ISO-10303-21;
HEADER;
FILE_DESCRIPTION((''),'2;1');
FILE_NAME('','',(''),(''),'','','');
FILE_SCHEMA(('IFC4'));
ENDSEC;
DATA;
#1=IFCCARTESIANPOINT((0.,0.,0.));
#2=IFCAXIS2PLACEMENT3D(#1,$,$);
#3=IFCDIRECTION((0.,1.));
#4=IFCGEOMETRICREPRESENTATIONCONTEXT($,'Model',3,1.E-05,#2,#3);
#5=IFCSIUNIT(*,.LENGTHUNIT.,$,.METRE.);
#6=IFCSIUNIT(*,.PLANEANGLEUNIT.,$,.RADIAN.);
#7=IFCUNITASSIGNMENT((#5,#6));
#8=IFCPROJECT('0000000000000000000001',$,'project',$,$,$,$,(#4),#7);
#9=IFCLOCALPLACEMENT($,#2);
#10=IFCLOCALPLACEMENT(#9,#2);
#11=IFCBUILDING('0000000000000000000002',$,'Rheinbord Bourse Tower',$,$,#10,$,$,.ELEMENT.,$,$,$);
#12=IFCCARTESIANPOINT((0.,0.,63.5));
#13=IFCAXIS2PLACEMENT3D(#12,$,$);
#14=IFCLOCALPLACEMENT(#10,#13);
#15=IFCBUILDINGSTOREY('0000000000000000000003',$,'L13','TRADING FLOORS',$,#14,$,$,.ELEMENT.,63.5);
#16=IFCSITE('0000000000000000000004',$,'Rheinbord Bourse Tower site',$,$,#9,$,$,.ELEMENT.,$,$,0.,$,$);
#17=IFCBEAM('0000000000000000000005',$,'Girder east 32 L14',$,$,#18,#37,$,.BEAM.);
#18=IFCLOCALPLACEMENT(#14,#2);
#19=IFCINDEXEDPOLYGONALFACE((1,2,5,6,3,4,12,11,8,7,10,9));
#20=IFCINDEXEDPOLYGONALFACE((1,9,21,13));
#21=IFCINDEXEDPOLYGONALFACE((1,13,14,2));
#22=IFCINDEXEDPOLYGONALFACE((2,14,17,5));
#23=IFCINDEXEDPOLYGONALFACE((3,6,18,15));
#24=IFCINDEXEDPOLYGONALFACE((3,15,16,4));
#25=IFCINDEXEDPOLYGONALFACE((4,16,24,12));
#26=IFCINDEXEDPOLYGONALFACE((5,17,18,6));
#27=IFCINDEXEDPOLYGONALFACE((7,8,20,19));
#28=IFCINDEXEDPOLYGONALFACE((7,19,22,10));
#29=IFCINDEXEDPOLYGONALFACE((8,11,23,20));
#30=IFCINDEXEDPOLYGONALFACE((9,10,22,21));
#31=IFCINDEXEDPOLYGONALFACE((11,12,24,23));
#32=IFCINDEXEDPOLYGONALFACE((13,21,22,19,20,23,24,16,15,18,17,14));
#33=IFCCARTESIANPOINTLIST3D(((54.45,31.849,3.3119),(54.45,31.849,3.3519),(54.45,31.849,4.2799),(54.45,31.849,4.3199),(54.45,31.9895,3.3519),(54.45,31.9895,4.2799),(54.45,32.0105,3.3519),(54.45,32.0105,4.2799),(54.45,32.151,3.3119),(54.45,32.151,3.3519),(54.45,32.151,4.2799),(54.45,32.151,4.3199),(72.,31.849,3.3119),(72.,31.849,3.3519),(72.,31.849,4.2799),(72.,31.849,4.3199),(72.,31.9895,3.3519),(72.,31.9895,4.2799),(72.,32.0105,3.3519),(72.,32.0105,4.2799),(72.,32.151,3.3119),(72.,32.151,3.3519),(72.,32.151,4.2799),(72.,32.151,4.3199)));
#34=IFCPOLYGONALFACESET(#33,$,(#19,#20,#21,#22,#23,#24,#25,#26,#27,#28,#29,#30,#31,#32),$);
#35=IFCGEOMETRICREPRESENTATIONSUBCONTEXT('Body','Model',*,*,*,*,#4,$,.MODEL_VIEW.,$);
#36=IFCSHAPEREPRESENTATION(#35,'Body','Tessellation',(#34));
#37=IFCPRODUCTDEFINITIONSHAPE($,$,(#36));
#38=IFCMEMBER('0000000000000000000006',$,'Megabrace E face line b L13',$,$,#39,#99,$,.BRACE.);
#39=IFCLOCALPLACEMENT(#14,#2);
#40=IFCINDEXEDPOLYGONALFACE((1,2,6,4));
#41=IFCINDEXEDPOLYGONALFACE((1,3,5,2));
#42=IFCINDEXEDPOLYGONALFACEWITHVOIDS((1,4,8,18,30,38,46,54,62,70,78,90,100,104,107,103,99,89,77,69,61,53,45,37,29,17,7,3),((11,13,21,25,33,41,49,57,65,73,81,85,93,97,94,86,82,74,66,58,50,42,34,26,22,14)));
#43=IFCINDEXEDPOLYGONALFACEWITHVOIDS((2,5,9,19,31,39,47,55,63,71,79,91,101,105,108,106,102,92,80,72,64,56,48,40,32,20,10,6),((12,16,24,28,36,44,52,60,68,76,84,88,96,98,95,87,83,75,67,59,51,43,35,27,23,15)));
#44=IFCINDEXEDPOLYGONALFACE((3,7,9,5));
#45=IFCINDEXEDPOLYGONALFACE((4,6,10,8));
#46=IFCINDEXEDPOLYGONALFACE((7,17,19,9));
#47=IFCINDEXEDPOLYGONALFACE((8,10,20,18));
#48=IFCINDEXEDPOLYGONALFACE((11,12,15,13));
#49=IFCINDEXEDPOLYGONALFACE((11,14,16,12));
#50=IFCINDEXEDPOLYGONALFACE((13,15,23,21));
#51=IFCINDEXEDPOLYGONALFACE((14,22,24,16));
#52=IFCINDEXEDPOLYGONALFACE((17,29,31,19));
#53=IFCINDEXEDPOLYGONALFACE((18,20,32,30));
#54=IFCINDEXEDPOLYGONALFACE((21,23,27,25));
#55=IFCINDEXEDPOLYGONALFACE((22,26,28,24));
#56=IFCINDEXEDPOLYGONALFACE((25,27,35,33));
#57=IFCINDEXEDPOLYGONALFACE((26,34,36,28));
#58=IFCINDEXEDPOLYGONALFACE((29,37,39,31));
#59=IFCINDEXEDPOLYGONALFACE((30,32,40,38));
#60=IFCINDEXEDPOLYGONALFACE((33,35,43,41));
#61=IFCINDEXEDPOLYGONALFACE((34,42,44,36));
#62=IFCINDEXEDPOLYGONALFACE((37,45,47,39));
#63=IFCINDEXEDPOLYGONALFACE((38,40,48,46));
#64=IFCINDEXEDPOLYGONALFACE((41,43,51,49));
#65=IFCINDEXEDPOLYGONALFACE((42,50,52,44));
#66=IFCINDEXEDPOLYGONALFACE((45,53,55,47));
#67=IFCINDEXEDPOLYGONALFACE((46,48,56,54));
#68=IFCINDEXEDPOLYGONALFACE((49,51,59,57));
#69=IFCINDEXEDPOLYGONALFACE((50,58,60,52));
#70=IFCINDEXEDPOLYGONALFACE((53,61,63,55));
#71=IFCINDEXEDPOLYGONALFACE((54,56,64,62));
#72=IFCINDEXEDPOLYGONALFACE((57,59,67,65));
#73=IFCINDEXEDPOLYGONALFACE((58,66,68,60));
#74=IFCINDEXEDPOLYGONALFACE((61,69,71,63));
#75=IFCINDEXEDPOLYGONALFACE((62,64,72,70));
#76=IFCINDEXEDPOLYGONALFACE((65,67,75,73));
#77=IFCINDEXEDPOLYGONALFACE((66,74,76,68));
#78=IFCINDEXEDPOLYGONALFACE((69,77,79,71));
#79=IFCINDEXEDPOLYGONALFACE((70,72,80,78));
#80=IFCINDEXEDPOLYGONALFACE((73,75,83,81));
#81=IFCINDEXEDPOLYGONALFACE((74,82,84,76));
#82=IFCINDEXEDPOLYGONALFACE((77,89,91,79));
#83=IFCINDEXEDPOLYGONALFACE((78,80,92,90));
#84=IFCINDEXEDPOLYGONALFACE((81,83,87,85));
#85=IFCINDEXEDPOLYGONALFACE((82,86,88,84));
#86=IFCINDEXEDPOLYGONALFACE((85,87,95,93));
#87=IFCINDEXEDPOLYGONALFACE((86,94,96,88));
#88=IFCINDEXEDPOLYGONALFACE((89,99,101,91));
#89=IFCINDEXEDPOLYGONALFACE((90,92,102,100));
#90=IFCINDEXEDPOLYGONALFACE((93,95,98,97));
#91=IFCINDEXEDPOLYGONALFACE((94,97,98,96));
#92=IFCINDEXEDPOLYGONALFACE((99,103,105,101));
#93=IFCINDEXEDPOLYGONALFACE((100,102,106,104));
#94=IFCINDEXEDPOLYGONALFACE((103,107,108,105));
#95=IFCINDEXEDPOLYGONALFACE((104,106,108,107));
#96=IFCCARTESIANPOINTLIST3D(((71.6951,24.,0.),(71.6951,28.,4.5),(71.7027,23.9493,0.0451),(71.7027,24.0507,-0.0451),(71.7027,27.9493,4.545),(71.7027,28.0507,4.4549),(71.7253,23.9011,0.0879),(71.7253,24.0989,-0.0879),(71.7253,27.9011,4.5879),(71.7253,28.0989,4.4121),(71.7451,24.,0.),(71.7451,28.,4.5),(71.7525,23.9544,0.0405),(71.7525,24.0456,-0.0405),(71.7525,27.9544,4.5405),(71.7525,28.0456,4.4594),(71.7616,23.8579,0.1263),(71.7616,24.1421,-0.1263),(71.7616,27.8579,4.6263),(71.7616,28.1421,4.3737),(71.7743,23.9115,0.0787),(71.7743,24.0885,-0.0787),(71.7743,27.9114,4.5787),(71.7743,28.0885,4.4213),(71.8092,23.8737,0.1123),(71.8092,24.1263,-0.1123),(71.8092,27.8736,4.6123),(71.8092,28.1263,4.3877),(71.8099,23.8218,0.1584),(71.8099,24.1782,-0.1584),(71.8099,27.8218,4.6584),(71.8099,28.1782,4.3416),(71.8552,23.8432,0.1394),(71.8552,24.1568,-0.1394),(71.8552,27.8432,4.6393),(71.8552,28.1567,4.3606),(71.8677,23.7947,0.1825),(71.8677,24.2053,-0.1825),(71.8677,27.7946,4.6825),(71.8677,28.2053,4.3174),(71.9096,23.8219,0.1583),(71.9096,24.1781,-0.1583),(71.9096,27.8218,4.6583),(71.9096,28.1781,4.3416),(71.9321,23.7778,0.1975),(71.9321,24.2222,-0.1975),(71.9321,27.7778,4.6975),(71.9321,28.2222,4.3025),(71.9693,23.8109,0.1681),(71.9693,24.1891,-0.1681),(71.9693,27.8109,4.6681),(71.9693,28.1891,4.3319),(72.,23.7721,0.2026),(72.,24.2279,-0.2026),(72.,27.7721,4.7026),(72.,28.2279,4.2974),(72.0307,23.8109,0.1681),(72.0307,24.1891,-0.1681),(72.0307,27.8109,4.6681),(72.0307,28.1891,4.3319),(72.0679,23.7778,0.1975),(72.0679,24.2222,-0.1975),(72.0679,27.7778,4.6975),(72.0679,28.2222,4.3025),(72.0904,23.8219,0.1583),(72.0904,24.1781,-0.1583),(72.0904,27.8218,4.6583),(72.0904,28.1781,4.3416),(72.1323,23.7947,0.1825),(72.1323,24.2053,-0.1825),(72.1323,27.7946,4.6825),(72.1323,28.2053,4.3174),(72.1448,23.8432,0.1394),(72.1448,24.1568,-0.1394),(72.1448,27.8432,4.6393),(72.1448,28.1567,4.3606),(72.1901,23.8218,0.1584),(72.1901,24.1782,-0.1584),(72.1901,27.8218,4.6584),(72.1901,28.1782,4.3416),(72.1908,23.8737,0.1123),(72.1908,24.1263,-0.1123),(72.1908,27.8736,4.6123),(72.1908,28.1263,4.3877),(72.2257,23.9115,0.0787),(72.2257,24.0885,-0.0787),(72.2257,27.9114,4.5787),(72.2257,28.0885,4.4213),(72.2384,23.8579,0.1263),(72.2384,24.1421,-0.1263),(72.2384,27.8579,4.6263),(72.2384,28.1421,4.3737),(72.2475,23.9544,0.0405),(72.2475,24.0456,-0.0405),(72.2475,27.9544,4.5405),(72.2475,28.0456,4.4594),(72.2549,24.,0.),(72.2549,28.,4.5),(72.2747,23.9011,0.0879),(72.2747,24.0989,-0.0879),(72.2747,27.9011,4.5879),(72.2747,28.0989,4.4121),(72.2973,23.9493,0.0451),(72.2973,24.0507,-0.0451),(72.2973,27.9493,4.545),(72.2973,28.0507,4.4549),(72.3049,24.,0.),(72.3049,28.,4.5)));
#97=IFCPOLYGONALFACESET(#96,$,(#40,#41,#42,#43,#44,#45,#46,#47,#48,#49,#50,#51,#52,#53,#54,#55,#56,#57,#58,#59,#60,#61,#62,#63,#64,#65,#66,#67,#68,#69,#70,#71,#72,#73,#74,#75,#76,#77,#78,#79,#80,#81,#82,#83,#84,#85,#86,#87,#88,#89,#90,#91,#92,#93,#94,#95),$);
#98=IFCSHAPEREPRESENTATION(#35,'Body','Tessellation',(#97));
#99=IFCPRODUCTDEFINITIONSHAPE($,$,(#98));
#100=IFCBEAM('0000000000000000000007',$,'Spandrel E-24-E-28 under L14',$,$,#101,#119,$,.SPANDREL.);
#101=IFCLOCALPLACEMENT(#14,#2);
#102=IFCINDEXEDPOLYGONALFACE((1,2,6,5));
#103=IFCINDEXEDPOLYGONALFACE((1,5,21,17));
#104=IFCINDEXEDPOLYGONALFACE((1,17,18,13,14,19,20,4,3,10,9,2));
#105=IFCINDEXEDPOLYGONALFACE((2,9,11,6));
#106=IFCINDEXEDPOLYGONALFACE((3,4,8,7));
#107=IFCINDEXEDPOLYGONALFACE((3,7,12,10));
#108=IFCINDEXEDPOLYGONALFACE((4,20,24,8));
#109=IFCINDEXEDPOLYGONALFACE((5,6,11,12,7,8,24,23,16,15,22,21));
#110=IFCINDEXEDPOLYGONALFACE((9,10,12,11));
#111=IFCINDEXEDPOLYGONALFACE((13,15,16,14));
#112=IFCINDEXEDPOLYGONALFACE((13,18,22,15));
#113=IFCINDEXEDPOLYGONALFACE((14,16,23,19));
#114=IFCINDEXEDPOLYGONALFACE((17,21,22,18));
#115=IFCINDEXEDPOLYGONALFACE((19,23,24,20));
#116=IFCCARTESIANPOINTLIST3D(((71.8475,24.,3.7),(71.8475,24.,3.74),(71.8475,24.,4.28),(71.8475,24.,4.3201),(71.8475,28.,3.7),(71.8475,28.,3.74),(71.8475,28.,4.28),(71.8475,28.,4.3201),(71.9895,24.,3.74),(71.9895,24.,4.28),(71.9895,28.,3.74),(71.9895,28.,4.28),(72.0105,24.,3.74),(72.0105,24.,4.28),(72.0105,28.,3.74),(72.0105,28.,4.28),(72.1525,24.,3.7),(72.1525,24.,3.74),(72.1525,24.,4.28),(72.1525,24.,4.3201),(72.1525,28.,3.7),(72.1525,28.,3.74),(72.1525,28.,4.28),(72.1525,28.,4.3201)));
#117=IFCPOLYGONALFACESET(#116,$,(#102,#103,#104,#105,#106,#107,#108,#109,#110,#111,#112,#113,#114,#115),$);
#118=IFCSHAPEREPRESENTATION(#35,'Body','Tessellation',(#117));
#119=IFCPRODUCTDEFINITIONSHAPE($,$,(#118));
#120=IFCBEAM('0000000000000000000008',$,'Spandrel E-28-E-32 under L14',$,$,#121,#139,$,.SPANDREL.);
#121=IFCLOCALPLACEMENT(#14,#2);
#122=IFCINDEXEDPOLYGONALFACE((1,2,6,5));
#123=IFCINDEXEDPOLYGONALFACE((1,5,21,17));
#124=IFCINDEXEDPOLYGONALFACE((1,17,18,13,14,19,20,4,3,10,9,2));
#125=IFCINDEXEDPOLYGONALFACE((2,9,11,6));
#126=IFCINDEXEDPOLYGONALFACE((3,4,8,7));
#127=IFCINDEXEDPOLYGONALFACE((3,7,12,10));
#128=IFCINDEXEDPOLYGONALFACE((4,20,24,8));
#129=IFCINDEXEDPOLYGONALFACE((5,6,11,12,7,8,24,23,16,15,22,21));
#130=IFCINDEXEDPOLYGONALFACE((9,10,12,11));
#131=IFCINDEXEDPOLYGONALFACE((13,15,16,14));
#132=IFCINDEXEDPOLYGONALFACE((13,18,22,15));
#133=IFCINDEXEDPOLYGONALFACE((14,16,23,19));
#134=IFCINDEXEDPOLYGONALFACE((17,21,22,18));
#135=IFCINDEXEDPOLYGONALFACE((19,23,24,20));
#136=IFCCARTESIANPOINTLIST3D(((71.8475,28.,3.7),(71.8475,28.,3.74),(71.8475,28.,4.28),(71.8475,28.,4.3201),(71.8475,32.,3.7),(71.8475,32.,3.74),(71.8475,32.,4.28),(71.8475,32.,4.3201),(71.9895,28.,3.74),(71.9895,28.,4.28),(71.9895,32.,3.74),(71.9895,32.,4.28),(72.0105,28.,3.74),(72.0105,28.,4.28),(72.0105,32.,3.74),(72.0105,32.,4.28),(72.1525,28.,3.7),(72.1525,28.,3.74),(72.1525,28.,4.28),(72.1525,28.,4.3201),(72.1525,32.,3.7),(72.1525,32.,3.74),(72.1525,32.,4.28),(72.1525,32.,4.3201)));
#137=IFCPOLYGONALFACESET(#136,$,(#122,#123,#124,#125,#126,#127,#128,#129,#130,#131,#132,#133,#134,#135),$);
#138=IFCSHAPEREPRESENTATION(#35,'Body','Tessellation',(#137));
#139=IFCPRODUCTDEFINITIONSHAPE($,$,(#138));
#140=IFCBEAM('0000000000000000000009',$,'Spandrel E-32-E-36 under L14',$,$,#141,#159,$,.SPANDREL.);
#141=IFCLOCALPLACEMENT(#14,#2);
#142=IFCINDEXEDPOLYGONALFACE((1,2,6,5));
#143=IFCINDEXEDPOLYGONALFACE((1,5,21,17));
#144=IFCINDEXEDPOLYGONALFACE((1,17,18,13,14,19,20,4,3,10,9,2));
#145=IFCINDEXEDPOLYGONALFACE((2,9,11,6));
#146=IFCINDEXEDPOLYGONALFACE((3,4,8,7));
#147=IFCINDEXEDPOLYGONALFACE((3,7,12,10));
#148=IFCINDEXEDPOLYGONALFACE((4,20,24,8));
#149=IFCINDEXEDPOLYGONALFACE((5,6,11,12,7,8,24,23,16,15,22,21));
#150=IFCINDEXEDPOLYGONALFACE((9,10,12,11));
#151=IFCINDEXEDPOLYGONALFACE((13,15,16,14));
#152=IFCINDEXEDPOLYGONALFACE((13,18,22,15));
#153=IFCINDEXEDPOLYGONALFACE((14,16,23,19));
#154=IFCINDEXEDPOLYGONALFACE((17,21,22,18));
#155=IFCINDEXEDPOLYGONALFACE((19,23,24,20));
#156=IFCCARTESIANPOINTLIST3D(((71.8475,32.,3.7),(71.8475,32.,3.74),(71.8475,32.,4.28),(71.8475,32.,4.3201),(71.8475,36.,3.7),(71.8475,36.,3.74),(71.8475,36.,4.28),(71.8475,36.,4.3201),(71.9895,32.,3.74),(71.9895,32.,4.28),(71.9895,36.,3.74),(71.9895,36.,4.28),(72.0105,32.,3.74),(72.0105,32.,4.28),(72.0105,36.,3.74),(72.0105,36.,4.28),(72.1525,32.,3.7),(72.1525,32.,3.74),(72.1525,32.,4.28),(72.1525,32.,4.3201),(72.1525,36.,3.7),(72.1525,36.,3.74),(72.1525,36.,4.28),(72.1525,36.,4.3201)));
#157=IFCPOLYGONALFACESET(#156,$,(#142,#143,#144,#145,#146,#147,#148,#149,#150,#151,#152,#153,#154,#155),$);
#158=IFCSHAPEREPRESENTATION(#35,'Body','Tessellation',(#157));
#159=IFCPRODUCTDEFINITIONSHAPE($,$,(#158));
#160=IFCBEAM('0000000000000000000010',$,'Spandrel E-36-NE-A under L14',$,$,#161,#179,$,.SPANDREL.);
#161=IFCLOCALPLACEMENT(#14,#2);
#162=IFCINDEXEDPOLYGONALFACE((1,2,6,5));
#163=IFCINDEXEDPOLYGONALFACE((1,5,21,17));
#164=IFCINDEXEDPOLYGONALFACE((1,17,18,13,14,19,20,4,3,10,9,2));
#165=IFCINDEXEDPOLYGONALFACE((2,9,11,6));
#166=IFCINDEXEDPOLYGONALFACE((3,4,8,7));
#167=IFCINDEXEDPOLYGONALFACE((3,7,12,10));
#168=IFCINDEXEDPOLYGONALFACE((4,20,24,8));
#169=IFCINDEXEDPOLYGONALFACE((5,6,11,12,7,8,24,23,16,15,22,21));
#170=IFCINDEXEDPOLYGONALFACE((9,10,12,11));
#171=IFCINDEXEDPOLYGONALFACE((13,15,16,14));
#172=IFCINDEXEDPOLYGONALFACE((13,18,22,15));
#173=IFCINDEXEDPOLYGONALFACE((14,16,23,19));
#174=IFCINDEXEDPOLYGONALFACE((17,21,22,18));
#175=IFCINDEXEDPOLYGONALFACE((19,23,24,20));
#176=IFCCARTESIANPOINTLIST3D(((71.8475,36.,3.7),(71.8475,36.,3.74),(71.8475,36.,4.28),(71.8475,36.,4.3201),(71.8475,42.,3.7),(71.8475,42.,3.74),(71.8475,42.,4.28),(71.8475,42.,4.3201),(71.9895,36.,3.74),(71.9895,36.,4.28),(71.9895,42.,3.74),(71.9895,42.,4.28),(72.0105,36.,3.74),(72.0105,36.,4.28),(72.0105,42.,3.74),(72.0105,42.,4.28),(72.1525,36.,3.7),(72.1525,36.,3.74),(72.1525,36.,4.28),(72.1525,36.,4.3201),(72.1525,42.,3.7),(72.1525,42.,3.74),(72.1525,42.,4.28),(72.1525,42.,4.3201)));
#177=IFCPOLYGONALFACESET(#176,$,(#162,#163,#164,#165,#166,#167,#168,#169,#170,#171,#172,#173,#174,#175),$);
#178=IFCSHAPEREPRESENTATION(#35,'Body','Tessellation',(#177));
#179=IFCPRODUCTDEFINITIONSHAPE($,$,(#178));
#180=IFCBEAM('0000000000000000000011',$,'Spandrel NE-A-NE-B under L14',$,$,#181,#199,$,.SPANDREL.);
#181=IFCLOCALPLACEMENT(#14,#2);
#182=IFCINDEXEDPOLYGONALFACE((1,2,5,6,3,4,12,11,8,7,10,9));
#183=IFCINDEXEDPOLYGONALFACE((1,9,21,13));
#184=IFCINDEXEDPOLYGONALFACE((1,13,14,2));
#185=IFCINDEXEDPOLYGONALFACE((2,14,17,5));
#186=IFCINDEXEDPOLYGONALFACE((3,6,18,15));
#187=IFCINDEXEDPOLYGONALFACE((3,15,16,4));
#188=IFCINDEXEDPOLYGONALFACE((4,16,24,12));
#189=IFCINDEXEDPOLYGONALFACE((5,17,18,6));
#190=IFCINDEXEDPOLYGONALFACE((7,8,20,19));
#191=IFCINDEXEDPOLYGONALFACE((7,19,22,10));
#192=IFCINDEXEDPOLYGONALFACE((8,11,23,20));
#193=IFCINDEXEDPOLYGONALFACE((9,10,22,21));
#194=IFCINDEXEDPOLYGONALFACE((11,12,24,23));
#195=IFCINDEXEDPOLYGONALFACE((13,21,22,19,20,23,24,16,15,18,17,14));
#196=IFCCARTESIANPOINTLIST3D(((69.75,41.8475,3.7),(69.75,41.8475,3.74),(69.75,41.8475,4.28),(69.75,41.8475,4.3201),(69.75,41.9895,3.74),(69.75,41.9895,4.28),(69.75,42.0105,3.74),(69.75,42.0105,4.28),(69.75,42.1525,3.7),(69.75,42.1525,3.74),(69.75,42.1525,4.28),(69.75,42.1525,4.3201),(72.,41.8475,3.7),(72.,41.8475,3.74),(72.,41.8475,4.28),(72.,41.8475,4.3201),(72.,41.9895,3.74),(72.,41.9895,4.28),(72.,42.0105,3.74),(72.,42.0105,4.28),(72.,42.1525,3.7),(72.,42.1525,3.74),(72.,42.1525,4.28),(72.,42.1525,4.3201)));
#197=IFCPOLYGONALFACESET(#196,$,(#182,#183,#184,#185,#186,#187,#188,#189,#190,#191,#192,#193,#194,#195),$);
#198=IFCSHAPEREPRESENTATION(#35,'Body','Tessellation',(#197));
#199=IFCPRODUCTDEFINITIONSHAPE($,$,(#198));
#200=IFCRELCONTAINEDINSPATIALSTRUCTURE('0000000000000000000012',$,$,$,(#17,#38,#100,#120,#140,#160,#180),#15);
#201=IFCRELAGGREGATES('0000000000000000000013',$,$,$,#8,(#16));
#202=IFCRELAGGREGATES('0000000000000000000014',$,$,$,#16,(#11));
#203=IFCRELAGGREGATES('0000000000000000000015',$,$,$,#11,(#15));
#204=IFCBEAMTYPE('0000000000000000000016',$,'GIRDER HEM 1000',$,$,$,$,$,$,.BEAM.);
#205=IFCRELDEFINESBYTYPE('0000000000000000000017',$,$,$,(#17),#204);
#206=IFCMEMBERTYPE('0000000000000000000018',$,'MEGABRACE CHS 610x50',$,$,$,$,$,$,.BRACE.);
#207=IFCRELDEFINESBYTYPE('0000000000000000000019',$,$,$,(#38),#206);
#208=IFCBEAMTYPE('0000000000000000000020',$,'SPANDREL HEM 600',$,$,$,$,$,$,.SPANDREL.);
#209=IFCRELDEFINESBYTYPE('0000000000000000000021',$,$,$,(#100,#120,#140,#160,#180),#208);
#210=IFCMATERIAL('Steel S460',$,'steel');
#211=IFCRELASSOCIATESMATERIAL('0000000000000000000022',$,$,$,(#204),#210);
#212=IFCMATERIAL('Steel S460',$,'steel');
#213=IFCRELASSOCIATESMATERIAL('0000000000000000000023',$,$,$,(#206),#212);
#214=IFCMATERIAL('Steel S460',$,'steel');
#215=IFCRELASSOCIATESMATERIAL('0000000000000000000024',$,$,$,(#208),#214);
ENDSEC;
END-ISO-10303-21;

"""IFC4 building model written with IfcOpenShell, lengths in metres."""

from ifc_helpers import new_model, si_unit, direction, frame, origin, origin_2d, place, context, subcontext, project, spatial, hollow_circle, i_section, extrude, material, material_profile, profile_set, type_object, element, save


model = new_model("IFC4")

# Units and contexts
model_context = context("Model", 3, precision=1e-05, world=origin(), true_north=direction((0.0, 1.0)))
body_context = subcontext(model_context, "Body", "Model", "MODEL_VIEW")
ifc_project = project(units=[si_unit("LENGTHUNIT", "METRE"), si_unit("PLANEANGLEUNIT", "RADIAN")], contexts=[model_context])

# Site, building, storey
site_placement = place(None, origin())
site = spatial("IfcSite", under=ifc_project, at=site_placement, Name="Rheinbord Bourse Tower site", CompositionType="ELEMENT", RefElevation=0.0)
building_placement = place(site_placement, origin())
building = spatial("IfcBuilding", under=site, at=building_placement, Name="Rheinbord Bourse Tower", CompositionType="ELEMENT")
storey_placement = place(building_placement, frame((0.0, 0.0, 63.5)))
storey = spatial("IfcBuildingStorey", under=building, at=storey_placement, Name="L13", Description="TRADING FLOORS", CompositionType="ELEMENT", Elevation=63.5)

# Beam
ifc_material_1 = material(Name="Steel S460", Category="steel")
ifc_material_profile_1 = material_profile(ifc_material_1, i_section(OverallWidth=0.302, OverallDepth=1.0081, WebThickness=0.021, FlangeThickness=0.04, at=origin_2d()), Name="HEM 1000")
ifc_profile_set_1 = profile_set([ifc_material_profile_1], Name="Steel S460")
beam_type_1 = type_object("IfcBeamType", Name="GIRDER HEM 1000", PredefinedType="BEAM", material=ifc_profile_set_1)
beam_1_placement = place(storey_placement, frame((54.45, 32.0, 3.8159), z_axis=(1.0, 0.0, 0.0), x_axis=(0.0, 1.0, 0.0)))
element("IfcBeam", 1, at=beam_1_placement, inside=storey, type_object=beam_type_1, Name="Girder east 32 L14", PredefinedType="BEAM", context=body_context, shape_type="SweptSolid", body=[
    extrude(i_section(OverallWidth=0.302, OverallDepth=1.0081, WebThickness=0.021, FlangeThickness=0.04, at=origin_2d()), origin(), (0.0, 0.0, 1.0), 17.55),
])

# Member
ifc_material_2 = material(Name="Steel S460", Category="steel")
ifc_material_profile_2 = material_profile(ifc_material_2, hollow_circle(Radius=0.3049, WallThickness=0.05, at=origin_2d()), Name="CHS 610x50")
ifc_profile_set_2 = profile_set([ifc_material_profile_2], Name="Steel S460")
member_type_1 = type_object("IfcMemberType", Name="MEGABRACE CHS 610x50", PredefinedType="BRACE", material=ifc_profile_set_2)
member_1_placement = place(storey_placement, frame((72.0, 24.0, 0.0), z_axis=(0.0, 0.664364, 0.747409), x_axis=(-1.0, 0.0, 0.0)))
element("IfcMember", 2, at=member_1_placement, inside=storey, type_object=member_type_1, Name="Megabrace E face line b L13", PredefinedType="BRACE", context=body_context, shape_type="SweptSolid", body=[
    extrude(hollow_circle(Radius=0.3049, WallThickness=0.05, at=origin_2d()), origin(), (0.0, 0.0, 1.0), 6.0208),
])

# Beams
ifc_material_3 = material(Name="Steel S460", Category="steel")
ifc_material_profile_3 = material_profile(ifc_material_3, i_section(OverallWidth=0.3049, OverallDepth=0.6201, WebThickness=0.021, FlangeThickness=0.04, at=origin_2d()), Name="HEM 600")
ifc_profile_set_3 = profile_set([ifc_material_profile_3], Name="Steel S460")
beam_type_2 = type_object("IfcBeamType", Name="SPANDREL HEM 600", PredefinedType="SPANDREL", material=ifc_profile_set_3)
for number, where, z_axis, x_axis, name in (
    (3, (72.0, 24.0, 4.01), (0.0, 1.0, 0.0), (-1.0, 0.0, 0.0), "Spandrel E-24-E-28 under L14"),
    (4, (72.0, 28.0, 4.01), (0.0, 1.0, 0.0), (-1.0, 0.0, 0.0), "Spandrel E-28-E-32 under L14"),
    (5, (72.0, 32.0, 4.01), (0.0, 1.0, 0.0), (-1.0, 0.0, 0.0), "Spandrel E-32-E-36 under L14"),
):
    element("IfcBeam", number, at=place(storey_placement, frame(where, z_axis=z_axis, x_axis=x_axis)), inside=storey, type_object=beam_type_2, Name=name, PredefinedType="SPANDREL", context=body_context, shape_type="SweptSolid", body=[
        extrude(i_section(OverallWidth=0.3049, OverallDepth=0.6201, WebThickness=0.021, FlangeThickness=0.04, at=origin_2d()), origin(), (0.0, 0.0, 1.0), 4.0),
    ])
beam_2_placement = place(storey_placement, frame((72.0, 36.0, 4.01), z_axis=(0.0, 1.0, 0.0), x_axis=(-1.0, 0.0, 0.0)))
element("IfcBeam", 6, at=beam_2_placement, inside=storey, type_object=beam_type_2, Name="Spandrel E-36-NE-A under L14", PredefinedType="SPANDREL", context=body_context, shape_type="SweptSolid", body=[
    extrude(i_section(OverallWidth=0.3049, OverallDepth=0.6201, WebThickness=0.021, FlangeThickness=0.04, at=origin_2d()), origin(), (0.0, 0.0, 1.0), 6.0),
])
beam_3_placement = place(storey_placement, frame((72.0, 42.0, 4.01), z_axis=(-1.0, 0.0, 0.0), x_axis=(0.0, -1.0, 0.0)))
element("IfcBeam", 7, at=beam_3_placement, inside=storey, type_object=beam_type_2, Name="Spandrel NE-A-NE-B under L14", PredefinedType="SPANDREL", context=body_context, shape_type="SweptSolid", body=[
    extrude(i_section(OverallWidth=0.3049, OverallDepth=0.6201, WebThickness=0.021, FlangeThickness=0.04, at=origin_2d()), origin(), (0.0, 0.0, 1.0), 2.25),
])

save(model, "model.ifc")
